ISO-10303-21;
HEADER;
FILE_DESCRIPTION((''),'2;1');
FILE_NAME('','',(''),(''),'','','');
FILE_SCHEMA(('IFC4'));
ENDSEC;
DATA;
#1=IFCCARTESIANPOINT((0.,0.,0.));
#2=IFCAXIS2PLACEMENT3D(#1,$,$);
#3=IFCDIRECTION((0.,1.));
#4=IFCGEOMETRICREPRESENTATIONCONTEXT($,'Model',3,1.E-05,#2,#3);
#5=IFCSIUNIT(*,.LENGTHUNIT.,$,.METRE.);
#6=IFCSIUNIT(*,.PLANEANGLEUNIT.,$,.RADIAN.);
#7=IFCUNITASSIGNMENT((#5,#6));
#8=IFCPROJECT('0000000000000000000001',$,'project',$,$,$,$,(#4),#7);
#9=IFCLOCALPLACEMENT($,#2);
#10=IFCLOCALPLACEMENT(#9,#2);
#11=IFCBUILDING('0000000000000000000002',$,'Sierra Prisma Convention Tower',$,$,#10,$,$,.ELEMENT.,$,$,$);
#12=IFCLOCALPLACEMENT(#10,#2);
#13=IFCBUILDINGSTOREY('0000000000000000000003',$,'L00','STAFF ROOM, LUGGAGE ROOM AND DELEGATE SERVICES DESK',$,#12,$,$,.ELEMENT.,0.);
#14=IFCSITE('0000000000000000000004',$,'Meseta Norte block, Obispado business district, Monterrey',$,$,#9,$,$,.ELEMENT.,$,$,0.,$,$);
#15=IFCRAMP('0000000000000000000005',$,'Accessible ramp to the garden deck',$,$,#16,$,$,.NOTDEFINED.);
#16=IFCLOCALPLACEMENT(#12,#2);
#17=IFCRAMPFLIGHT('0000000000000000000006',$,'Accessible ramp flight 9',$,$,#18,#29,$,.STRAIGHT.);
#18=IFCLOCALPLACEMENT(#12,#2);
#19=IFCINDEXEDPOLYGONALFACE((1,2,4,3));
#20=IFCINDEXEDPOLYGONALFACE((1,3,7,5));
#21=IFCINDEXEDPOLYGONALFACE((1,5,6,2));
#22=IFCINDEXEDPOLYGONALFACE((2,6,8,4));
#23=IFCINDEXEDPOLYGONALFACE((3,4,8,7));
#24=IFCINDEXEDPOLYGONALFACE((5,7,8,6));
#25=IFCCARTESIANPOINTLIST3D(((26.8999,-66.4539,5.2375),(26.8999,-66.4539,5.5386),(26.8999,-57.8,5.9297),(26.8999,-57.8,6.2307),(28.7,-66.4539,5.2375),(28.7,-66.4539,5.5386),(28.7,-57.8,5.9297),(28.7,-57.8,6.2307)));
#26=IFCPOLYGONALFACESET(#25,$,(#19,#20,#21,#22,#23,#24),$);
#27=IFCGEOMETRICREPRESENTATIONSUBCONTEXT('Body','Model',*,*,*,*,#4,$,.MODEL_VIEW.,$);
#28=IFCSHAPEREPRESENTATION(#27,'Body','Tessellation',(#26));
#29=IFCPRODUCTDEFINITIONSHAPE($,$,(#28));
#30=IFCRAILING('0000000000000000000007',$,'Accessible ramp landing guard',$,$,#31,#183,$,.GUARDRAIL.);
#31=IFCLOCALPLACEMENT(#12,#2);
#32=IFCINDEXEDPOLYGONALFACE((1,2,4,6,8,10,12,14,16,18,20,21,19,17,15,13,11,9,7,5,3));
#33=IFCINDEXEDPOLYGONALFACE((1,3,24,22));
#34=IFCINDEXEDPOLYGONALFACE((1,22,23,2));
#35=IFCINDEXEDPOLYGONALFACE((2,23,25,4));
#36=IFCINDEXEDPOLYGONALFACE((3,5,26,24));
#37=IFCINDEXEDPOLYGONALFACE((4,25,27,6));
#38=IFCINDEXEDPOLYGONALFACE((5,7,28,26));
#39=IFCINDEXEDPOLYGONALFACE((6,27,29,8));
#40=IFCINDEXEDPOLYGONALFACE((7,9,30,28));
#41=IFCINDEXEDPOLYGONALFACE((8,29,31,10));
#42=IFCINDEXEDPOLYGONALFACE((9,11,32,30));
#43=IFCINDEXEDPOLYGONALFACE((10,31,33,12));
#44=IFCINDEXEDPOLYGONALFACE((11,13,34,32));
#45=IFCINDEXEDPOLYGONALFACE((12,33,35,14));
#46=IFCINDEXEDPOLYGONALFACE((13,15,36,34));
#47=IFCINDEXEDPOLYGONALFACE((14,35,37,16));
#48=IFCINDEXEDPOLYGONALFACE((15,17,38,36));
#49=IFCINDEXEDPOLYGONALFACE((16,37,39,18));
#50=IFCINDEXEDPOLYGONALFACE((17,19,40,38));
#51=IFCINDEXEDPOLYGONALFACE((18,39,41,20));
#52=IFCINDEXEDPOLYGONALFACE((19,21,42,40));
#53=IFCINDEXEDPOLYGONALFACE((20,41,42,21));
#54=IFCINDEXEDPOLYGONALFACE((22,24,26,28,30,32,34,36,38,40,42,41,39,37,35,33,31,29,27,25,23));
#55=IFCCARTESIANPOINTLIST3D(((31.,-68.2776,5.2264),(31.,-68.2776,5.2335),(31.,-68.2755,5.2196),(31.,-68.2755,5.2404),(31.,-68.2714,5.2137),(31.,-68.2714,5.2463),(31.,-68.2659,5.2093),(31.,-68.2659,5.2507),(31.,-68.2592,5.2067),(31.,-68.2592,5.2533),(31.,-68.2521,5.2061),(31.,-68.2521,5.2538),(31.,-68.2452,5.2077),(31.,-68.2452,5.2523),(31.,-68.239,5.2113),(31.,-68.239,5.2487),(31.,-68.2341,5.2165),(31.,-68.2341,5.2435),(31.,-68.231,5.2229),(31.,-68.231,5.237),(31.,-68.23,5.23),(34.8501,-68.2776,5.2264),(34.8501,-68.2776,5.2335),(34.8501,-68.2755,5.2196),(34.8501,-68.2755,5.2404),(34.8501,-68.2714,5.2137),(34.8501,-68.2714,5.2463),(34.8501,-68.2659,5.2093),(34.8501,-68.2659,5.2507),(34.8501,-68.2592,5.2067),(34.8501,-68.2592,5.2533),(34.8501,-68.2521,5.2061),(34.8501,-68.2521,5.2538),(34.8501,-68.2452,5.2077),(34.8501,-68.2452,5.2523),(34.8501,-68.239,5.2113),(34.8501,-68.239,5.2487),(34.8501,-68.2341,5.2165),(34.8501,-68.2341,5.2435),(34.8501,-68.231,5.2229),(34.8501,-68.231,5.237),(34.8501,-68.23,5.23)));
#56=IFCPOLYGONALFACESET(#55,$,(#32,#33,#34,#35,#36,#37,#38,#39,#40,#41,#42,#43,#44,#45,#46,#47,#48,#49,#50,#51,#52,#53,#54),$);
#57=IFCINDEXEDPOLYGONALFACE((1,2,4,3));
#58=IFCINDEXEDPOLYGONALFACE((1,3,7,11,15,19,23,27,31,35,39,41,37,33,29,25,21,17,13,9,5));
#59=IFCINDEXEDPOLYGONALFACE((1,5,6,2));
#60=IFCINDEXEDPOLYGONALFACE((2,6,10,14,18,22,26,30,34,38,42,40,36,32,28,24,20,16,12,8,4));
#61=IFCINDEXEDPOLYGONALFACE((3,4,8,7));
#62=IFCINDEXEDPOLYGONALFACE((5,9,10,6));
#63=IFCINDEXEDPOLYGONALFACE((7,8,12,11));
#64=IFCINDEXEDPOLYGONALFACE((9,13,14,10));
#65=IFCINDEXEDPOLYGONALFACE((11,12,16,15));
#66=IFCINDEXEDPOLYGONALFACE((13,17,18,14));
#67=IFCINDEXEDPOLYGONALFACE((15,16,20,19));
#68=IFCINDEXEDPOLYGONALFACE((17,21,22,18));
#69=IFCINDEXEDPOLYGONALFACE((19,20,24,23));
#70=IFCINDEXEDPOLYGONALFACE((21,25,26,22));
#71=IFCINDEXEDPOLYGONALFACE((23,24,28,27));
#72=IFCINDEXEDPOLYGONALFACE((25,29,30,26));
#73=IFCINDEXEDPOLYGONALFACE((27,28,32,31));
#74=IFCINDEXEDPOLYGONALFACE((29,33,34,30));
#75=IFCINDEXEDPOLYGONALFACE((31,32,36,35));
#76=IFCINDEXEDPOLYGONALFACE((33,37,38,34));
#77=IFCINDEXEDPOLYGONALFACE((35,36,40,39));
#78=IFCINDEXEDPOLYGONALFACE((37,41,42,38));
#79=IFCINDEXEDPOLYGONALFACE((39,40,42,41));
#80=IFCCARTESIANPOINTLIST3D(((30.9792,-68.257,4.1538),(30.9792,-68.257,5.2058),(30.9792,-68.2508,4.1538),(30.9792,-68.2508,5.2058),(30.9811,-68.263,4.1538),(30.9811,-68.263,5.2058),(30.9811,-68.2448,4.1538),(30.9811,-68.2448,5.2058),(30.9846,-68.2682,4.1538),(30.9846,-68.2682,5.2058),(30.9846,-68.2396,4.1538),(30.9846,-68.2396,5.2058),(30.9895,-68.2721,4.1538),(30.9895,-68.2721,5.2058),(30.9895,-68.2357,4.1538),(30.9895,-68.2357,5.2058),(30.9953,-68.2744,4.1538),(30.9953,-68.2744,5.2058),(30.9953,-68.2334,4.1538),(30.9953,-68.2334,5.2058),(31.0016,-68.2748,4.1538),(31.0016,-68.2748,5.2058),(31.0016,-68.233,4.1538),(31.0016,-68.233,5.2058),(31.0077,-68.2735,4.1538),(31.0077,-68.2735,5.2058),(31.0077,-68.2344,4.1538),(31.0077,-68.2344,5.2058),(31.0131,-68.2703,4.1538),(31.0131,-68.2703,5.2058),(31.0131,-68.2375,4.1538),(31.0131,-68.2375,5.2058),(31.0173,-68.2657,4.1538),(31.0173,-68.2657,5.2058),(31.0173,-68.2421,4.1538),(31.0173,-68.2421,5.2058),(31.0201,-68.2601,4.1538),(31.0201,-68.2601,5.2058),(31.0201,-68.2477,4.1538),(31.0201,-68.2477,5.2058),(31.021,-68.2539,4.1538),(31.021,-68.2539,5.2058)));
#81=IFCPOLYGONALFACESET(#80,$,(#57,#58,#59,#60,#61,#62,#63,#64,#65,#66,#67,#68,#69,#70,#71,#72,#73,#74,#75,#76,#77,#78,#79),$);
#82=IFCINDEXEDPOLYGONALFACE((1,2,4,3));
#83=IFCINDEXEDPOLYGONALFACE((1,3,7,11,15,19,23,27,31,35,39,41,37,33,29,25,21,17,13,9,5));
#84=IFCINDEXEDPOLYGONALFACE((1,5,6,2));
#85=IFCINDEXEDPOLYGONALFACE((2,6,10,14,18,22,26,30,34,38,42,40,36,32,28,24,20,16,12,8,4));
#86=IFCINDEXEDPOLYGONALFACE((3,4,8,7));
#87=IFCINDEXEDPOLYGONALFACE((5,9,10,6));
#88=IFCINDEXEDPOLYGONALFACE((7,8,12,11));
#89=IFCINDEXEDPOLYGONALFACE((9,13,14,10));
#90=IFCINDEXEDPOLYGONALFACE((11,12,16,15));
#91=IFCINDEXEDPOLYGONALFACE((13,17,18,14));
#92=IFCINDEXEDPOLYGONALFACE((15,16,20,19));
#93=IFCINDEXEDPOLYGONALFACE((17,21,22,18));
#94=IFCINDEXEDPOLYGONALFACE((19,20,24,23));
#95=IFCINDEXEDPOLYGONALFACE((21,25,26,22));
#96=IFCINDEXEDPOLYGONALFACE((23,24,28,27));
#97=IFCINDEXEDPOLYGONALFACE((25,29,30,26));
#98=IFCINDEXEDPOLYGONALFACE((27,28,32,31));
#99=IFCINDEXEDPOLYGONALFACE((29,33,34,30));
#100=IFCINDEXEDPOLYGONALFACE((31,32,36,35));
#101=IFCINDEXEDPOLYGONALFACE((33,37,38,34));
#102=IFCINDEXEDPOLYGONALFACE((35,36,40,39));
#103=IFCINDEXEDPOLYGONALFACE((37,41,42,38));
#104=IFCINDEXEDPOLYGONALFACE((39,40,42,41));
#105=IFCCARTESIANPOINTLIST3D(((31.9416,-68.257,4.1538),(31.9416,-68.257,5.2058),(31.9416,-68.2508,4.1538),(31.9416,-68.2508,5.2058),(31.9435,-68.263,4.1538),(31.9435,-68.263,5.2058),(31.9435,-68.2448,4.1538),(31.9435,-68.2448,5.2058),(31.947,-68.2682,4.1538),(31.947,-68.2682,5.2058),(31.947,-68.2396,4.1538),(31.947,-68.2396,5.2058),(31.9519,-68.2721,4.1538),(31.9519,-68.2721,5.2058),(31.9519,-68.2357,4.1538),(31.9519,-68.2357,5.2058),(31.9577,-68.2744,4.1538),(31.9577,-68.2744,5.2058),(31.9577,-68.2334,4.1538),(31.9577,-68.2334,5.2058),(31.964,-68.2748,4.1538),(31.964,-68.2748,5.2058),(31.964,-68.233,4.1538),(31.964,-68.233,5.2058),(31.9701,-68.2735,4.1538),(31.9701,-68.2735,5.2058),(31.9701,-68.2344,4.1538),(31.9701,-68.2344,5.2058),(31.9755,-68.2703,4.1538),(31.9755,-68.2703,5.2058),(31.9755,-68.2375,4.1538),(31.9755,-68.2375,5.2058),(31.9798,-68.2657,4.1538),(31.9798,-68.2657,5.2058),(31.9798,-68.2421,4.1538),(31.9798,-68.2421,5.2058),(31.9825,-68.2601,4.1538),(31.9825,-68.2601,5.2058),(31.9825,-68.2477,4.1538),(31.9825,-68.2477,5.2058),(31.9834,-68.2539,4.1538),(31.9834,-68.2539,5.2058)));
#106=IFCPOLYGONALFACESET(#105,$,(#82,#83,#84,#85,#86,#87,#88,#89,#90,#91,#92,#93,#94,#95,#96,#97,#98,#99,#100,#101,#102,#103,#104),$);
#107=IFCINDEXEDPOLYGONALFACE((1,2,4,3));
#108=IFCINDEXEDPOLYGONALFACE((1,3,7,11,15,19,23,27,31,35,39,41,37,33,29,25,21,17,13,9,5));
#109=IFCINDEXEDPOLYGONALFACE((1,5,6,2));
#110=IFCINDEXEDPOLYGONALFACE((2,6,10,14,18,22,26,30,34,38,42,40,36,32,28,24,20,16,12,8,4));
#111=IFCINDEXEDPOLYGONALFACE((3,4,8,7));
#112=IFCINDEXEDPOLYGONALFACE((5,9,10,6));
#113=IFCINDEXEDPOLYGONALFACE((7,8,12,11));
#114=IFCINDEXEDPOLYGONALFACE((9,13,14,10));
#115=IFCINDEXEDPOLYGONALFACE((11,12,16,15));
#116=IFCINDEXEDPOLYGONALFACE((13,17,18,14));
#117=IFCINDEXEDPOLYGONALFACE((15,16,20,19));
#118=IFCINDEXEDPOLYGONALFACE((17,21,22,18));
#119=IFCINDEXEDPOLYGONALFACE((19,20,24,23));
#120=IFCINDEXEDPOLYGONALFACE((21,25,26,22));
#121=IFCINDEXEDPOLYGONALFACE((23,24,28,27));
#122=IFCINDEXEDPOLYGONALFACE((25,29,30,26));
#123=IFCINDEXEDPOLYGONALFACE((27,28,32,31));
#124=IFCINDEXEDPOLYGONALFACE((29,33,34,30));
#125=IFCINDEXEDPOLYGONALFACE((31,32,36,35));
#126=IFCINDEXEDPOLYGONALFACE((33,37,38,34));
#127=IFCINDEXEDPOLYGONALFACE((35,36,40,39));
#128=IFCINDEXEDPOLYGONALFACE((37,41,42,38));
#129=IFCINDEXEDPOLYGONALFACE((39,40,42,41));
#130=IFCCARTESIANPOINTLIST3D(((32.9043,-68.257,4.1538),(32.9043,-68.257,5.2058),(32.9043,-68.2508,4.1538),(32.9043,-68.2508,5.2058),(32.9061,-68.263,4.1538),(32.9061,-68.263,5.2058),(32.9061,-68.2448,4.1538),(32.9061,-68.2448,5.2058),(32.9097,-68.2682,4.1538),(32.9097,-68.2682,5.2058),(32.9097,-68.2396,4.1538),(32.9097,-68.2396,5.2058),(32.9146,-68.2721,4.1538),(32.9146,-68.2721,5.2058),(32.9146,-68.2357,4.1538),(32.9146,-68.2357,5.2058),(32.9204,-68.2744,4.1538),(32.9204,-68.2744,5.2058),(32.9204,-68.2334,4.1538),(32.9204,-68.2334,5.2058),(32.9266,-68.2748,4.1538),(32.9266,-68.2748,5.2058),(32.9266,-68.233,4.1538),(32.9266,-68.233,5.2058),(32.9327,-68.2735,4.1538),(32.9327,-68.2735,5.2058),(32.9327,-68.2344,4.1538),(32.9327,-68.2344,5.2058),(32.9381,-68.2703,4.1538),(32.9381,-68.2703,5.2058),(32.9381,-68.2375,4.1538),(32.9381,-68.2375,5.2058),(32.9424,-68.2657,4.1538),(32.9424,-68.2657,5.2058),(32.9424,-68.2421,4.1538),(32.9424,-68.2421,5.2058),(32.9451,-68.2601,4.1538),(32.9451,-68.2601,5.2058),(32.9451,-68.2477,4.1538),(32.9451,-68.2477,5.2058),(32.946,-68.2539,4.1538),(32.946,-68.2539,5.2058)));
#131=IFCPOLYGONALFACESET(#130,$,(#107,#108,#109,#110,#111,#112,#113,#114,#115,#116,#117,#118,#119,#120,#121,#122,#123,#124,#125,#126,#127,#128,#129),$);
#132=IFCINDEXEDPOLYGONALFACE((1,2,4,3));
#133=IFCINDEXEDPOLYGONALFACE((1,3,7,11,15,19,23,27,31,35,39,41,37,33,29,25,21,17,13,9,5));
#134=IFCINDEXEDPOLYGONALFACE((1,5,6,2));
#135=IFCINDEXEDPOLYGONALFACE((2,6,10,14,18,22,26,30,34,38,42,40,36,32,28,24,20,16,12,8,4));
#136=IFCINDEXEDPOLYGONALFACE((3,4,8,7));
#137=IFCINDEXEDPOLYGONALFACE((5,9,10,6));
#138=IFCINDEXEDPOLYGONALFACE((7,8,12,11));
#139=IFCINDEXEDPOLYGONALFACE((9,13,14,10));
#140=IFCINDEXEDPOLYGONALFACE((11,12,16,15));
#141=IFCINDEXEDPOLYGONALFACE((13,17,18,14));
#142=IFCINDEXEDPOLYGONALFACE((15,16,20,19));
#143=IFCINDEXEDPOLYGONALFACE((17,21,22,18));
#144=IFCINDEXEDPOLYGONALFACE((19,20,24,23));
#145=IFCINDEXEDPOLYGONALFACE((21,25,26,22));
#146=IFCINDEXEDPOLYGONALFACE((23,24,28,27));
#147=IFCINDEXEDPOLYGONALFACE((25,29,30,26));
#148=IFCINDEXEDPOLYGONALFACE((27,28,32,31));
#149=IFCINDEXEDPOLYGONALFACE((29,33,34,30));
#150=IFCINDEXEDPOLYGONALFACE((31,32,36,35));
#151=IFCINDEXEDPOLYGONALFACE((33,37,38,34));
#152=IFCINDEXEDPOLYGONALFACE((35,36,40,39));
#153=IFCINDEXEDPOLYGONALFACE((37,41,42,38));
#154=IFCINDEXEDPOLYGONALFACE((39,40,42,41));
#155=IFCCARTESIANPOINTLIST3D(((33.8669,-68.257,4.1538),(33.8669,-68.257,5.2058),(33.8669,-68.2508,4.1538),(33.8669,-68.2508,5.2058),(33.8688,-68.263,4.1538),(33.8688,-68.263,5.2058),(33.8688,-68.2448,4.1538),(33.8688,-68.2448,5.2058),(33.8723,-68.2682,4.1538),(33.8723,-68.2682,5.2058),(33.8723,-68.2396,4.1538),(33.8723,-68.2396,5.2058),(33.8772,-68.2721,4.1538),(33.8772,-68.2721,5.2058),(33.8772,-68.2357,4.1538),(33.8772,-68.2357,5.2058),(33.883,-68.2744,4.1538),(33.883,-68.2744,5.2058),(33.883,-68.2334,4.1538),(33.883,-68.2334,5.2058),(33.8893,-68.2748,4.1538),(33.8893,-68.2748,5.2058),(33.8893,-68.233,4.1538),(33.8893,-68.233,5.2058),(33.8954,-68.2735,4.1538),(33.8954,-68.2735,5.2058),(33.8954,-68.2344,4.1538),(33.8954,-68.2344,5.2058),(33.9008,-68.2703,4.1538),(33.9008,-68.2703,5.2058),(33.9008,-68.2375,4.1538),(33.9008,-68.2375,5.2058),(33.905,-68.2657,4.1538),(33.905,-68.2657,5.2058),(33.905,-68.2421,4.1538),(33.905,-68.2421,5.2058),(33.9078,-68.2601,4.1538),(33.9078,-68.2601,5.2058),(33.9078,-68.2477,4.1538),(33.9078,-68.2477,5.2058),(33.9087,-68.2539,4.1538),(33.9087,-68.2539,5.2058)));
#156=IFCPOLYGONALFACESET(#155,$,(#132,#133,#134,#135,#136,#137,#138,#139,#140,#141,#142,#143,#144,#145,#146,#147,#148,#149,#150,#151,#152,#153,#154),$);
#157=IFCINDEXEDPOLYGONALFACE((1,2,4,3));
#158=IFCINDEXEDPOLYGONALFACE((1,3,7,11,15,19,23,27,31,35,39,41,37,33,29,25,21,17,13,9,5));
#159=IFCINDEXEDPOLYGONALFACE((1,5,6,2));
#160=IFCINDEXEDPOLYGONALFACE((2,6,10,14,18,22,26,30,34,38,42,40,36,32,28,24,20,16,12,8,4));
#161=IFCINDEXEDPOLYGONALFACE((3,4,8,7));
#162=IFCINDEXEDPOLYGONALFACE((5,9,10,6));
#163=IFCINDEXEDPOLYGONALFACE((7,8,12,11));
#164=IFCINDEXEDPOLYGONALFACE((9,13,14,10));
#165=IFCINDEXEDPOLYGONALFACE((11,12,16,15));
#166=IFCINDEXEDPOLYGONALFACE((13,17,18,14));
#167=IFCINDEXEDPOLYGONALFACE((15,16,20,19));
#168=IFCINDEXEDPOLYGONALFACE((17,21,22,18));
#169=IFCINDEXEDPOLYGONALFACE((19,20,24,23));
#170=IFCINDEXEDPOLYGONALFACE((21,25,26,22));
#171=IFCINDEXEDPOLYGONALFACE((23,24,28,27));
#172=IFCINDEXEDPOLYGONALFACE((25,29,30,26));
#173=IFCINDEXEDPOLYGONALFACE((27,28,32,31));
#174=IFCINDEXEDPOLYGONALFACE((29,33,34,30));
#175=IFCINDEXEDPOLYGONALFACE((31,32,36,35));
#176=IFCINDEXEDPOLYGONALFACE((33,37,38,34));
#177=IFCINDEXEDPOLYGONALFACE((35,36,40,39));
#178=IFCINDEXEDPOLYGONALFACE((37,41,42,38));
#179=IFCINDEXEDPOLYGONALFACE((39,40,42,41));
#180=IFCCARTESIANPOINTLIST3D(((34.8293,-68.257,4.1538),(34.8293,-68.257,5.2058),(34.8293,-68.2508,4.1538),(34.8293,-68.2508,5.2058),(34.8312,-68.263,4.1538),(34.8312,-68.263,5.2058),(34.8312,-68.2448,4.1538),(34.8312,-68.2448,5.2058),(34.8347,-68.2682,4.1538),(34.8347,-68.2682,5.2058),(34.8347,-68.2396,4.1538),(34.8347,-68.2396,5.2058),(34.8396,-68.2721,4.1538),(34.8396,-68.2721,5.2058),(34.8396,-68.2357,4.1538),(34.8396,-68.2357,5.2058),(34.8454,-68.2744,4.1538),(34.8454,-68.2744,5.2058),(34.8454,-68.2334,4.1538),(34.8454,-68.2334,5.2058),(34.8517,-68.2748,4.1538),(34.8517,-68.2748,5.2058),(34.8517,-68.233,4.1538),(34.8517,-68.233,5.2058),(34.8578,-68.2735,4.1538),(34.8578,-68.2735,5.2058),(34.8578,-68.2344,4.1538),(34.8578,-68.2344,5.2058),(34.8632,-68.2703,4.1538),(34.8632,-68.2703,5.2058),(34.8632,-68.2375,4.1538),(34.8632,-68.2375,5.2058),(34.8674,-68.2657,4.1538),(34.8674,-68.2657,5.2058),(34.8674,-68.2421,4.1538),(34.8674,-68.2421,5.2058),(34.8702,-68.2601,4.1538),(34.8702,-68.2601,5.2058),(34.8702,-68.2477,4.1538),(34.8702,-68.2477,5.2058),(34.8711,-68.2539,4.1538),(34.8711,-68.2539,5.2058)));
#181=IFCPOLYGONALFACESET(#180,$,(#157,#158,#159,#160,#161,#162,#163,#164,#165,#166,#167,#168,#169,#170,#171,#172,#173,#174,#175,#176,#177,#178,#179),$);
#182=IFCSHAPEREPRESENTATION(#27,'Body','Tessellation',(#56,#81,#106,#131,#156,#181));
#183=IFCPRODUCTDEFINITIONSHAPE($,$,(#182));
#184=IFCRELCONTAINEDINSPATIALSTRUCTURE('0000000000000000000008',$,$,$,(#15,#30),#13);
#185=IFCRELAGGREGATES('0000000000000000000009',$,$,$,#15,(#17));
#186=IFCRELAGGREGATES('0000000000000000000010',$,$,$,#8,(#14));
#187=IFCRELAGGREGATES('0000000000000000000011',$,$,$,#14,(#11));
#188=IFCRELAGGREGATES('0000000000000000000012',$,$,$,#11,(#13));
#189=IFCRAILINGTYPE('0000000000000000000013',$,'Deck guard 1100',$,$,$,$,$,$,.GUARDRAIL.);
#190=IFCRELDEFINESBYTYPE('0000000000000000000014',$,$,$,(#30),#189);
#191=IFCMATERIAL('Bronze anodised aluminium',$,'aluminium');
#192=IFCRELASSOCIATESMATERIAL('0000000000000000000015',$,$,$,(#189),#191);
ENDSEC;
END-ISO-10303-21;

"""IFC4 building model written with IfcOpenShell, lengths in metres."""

from ifc_helpers import new_model, si_unit, direction, frame, origin, origin_2d, place, context, subcontext, project, spatial, polyline, circle, outline, extrude, material, type_object, element, aggregate, save


model = new_model("IFC4")

# Units and contexts
model_context = context("Model", 3, precision=1e-05, world=origin(), true_north=direction((0.0, 1.0)))
body_context = subcontext(model_context, "Body", "Model", "MODEL_VIEW")
ifc_project = project(units=[si_unit("LENGTHUNIT", "METRE"), si_unit("PLANEANGLEUNIT", "RADIAN")], contexts=[model_context])

# Site, building, storey
site_placement = place(None, origin())
site = spatial("IfcSite", under=ifc_project, at=site_placement, Name="Meseta Norte block, Obispado business district, Monterrey", CompositionType="ELEMENT", RefElevation=0.0)
building_placement = place(site_placement, origin())
building = spatial("IfcBuilding", under=site, at=building_placement, Name="Sierra Prisma Convention Tower", CompositionType="ELEMENT")
storey_placement = place(building_placement, origin())
storey = spatial("IfcBuildingStorey", under=building, at=storey_placement, Name="L00", Description="STAFF ROOM, LUGGAGE ROOM AND DELEGATE SERVICES DESK", CompositionType="ELEMENT", Elevation=0.0)

# Ramp, ramp flight
ramp_placement = place(storey_placement, origin())
ramp = element("IfcRamp", 1, at=ramp_placement, inside=storey, Name="Accessible ramp to the garden deck", PredefinedType="NOTDEFINED")
ramp_flight_1_placement = place(storey_placement, frame((26.8999, -66.4539, 5.5386), z_axis=(0.0, 0.0, 1.0), x_axis=(0.0, 1.0, 0.0)))
ramp_flight_1 = element("IfcRampFlight", 2, at=ramp_flight_1_placement, Name="Accessible ramp flight 9", PredefinedType="STRAIGHT", context=body_context, shape_type="SweptSolid", body=[
    extrude(outline(polyline([(0.0, -0.301), (8.6538, 0.3911), (8.6538, 0.6921), (0.0, 0.0), (0.0, -0.301)])), frame((0.0, 0.0, 0.0), z_axis=(0.0, -1.0, 0.0), x_axis=(1.0, 0.0, 0.0)), (0.0, 0.0, 1.0), 1.8),
])
aggregate(ramp, [ramp_flight_1])

# Railing
ifc_material_1 = material(Name="Bronze anodised aluminium", Category="aluminium")
railing_type_1 = type_object("IfcRailingType", Name="Deck guard 1100", PredefinedType="GUARDRAIL", material=ifc_material_1)
for number, where, name in (
    (3, (31.0, -68.2539, 4.1538), "Accessible ramp landing guard"),
):
    element("IfcRailing", number, at=place(storey_placement, frame(where)), inside=storey, type_object=railing_type_1, Name=name, PredefinedType="GUARDRAIL", context=body_context, shape_type="SweptSolid", body=[
        extrude(circle(Radius=0.0239, at=origin_2d()), frame((0.0, 0.0, 1.0762), z_axis=(1.0, 0.0, 0.0), x_axis=(0.0, 1.0, 0.0)), (0.0, 0.0, 1.0), 3.8501),
        extrude(circle(Radius=0.021, at=origin_2d()), origin(), (0.0, 0.0, 1.0), 1.052),
        extrude(circle(Radius=0.021, at=origin_2d()), frame((0.9624, 0.0, 0.0)), (0.0, 0.0, 1.0), 1.052),
        extrude(circle(Radius=0.021, at=origin_2d()), frame((1.925, 0.0, 0.0)), (0.0, 0.0, 1.0), 1.052),
        extrude(circle(Radius=0.021, at=origin_2d()), frame((2.8877, 0.0, 0.0)), (0.0, 0.0, 1.0), 1.052),
        extrude(circle(Radius=0.021, at=origin_2d()), frame((3.8501, 0.0, 0.0)), (0.0, 0.0, 1.0), 1.052),
    ])

save(model, "model.ifc")
